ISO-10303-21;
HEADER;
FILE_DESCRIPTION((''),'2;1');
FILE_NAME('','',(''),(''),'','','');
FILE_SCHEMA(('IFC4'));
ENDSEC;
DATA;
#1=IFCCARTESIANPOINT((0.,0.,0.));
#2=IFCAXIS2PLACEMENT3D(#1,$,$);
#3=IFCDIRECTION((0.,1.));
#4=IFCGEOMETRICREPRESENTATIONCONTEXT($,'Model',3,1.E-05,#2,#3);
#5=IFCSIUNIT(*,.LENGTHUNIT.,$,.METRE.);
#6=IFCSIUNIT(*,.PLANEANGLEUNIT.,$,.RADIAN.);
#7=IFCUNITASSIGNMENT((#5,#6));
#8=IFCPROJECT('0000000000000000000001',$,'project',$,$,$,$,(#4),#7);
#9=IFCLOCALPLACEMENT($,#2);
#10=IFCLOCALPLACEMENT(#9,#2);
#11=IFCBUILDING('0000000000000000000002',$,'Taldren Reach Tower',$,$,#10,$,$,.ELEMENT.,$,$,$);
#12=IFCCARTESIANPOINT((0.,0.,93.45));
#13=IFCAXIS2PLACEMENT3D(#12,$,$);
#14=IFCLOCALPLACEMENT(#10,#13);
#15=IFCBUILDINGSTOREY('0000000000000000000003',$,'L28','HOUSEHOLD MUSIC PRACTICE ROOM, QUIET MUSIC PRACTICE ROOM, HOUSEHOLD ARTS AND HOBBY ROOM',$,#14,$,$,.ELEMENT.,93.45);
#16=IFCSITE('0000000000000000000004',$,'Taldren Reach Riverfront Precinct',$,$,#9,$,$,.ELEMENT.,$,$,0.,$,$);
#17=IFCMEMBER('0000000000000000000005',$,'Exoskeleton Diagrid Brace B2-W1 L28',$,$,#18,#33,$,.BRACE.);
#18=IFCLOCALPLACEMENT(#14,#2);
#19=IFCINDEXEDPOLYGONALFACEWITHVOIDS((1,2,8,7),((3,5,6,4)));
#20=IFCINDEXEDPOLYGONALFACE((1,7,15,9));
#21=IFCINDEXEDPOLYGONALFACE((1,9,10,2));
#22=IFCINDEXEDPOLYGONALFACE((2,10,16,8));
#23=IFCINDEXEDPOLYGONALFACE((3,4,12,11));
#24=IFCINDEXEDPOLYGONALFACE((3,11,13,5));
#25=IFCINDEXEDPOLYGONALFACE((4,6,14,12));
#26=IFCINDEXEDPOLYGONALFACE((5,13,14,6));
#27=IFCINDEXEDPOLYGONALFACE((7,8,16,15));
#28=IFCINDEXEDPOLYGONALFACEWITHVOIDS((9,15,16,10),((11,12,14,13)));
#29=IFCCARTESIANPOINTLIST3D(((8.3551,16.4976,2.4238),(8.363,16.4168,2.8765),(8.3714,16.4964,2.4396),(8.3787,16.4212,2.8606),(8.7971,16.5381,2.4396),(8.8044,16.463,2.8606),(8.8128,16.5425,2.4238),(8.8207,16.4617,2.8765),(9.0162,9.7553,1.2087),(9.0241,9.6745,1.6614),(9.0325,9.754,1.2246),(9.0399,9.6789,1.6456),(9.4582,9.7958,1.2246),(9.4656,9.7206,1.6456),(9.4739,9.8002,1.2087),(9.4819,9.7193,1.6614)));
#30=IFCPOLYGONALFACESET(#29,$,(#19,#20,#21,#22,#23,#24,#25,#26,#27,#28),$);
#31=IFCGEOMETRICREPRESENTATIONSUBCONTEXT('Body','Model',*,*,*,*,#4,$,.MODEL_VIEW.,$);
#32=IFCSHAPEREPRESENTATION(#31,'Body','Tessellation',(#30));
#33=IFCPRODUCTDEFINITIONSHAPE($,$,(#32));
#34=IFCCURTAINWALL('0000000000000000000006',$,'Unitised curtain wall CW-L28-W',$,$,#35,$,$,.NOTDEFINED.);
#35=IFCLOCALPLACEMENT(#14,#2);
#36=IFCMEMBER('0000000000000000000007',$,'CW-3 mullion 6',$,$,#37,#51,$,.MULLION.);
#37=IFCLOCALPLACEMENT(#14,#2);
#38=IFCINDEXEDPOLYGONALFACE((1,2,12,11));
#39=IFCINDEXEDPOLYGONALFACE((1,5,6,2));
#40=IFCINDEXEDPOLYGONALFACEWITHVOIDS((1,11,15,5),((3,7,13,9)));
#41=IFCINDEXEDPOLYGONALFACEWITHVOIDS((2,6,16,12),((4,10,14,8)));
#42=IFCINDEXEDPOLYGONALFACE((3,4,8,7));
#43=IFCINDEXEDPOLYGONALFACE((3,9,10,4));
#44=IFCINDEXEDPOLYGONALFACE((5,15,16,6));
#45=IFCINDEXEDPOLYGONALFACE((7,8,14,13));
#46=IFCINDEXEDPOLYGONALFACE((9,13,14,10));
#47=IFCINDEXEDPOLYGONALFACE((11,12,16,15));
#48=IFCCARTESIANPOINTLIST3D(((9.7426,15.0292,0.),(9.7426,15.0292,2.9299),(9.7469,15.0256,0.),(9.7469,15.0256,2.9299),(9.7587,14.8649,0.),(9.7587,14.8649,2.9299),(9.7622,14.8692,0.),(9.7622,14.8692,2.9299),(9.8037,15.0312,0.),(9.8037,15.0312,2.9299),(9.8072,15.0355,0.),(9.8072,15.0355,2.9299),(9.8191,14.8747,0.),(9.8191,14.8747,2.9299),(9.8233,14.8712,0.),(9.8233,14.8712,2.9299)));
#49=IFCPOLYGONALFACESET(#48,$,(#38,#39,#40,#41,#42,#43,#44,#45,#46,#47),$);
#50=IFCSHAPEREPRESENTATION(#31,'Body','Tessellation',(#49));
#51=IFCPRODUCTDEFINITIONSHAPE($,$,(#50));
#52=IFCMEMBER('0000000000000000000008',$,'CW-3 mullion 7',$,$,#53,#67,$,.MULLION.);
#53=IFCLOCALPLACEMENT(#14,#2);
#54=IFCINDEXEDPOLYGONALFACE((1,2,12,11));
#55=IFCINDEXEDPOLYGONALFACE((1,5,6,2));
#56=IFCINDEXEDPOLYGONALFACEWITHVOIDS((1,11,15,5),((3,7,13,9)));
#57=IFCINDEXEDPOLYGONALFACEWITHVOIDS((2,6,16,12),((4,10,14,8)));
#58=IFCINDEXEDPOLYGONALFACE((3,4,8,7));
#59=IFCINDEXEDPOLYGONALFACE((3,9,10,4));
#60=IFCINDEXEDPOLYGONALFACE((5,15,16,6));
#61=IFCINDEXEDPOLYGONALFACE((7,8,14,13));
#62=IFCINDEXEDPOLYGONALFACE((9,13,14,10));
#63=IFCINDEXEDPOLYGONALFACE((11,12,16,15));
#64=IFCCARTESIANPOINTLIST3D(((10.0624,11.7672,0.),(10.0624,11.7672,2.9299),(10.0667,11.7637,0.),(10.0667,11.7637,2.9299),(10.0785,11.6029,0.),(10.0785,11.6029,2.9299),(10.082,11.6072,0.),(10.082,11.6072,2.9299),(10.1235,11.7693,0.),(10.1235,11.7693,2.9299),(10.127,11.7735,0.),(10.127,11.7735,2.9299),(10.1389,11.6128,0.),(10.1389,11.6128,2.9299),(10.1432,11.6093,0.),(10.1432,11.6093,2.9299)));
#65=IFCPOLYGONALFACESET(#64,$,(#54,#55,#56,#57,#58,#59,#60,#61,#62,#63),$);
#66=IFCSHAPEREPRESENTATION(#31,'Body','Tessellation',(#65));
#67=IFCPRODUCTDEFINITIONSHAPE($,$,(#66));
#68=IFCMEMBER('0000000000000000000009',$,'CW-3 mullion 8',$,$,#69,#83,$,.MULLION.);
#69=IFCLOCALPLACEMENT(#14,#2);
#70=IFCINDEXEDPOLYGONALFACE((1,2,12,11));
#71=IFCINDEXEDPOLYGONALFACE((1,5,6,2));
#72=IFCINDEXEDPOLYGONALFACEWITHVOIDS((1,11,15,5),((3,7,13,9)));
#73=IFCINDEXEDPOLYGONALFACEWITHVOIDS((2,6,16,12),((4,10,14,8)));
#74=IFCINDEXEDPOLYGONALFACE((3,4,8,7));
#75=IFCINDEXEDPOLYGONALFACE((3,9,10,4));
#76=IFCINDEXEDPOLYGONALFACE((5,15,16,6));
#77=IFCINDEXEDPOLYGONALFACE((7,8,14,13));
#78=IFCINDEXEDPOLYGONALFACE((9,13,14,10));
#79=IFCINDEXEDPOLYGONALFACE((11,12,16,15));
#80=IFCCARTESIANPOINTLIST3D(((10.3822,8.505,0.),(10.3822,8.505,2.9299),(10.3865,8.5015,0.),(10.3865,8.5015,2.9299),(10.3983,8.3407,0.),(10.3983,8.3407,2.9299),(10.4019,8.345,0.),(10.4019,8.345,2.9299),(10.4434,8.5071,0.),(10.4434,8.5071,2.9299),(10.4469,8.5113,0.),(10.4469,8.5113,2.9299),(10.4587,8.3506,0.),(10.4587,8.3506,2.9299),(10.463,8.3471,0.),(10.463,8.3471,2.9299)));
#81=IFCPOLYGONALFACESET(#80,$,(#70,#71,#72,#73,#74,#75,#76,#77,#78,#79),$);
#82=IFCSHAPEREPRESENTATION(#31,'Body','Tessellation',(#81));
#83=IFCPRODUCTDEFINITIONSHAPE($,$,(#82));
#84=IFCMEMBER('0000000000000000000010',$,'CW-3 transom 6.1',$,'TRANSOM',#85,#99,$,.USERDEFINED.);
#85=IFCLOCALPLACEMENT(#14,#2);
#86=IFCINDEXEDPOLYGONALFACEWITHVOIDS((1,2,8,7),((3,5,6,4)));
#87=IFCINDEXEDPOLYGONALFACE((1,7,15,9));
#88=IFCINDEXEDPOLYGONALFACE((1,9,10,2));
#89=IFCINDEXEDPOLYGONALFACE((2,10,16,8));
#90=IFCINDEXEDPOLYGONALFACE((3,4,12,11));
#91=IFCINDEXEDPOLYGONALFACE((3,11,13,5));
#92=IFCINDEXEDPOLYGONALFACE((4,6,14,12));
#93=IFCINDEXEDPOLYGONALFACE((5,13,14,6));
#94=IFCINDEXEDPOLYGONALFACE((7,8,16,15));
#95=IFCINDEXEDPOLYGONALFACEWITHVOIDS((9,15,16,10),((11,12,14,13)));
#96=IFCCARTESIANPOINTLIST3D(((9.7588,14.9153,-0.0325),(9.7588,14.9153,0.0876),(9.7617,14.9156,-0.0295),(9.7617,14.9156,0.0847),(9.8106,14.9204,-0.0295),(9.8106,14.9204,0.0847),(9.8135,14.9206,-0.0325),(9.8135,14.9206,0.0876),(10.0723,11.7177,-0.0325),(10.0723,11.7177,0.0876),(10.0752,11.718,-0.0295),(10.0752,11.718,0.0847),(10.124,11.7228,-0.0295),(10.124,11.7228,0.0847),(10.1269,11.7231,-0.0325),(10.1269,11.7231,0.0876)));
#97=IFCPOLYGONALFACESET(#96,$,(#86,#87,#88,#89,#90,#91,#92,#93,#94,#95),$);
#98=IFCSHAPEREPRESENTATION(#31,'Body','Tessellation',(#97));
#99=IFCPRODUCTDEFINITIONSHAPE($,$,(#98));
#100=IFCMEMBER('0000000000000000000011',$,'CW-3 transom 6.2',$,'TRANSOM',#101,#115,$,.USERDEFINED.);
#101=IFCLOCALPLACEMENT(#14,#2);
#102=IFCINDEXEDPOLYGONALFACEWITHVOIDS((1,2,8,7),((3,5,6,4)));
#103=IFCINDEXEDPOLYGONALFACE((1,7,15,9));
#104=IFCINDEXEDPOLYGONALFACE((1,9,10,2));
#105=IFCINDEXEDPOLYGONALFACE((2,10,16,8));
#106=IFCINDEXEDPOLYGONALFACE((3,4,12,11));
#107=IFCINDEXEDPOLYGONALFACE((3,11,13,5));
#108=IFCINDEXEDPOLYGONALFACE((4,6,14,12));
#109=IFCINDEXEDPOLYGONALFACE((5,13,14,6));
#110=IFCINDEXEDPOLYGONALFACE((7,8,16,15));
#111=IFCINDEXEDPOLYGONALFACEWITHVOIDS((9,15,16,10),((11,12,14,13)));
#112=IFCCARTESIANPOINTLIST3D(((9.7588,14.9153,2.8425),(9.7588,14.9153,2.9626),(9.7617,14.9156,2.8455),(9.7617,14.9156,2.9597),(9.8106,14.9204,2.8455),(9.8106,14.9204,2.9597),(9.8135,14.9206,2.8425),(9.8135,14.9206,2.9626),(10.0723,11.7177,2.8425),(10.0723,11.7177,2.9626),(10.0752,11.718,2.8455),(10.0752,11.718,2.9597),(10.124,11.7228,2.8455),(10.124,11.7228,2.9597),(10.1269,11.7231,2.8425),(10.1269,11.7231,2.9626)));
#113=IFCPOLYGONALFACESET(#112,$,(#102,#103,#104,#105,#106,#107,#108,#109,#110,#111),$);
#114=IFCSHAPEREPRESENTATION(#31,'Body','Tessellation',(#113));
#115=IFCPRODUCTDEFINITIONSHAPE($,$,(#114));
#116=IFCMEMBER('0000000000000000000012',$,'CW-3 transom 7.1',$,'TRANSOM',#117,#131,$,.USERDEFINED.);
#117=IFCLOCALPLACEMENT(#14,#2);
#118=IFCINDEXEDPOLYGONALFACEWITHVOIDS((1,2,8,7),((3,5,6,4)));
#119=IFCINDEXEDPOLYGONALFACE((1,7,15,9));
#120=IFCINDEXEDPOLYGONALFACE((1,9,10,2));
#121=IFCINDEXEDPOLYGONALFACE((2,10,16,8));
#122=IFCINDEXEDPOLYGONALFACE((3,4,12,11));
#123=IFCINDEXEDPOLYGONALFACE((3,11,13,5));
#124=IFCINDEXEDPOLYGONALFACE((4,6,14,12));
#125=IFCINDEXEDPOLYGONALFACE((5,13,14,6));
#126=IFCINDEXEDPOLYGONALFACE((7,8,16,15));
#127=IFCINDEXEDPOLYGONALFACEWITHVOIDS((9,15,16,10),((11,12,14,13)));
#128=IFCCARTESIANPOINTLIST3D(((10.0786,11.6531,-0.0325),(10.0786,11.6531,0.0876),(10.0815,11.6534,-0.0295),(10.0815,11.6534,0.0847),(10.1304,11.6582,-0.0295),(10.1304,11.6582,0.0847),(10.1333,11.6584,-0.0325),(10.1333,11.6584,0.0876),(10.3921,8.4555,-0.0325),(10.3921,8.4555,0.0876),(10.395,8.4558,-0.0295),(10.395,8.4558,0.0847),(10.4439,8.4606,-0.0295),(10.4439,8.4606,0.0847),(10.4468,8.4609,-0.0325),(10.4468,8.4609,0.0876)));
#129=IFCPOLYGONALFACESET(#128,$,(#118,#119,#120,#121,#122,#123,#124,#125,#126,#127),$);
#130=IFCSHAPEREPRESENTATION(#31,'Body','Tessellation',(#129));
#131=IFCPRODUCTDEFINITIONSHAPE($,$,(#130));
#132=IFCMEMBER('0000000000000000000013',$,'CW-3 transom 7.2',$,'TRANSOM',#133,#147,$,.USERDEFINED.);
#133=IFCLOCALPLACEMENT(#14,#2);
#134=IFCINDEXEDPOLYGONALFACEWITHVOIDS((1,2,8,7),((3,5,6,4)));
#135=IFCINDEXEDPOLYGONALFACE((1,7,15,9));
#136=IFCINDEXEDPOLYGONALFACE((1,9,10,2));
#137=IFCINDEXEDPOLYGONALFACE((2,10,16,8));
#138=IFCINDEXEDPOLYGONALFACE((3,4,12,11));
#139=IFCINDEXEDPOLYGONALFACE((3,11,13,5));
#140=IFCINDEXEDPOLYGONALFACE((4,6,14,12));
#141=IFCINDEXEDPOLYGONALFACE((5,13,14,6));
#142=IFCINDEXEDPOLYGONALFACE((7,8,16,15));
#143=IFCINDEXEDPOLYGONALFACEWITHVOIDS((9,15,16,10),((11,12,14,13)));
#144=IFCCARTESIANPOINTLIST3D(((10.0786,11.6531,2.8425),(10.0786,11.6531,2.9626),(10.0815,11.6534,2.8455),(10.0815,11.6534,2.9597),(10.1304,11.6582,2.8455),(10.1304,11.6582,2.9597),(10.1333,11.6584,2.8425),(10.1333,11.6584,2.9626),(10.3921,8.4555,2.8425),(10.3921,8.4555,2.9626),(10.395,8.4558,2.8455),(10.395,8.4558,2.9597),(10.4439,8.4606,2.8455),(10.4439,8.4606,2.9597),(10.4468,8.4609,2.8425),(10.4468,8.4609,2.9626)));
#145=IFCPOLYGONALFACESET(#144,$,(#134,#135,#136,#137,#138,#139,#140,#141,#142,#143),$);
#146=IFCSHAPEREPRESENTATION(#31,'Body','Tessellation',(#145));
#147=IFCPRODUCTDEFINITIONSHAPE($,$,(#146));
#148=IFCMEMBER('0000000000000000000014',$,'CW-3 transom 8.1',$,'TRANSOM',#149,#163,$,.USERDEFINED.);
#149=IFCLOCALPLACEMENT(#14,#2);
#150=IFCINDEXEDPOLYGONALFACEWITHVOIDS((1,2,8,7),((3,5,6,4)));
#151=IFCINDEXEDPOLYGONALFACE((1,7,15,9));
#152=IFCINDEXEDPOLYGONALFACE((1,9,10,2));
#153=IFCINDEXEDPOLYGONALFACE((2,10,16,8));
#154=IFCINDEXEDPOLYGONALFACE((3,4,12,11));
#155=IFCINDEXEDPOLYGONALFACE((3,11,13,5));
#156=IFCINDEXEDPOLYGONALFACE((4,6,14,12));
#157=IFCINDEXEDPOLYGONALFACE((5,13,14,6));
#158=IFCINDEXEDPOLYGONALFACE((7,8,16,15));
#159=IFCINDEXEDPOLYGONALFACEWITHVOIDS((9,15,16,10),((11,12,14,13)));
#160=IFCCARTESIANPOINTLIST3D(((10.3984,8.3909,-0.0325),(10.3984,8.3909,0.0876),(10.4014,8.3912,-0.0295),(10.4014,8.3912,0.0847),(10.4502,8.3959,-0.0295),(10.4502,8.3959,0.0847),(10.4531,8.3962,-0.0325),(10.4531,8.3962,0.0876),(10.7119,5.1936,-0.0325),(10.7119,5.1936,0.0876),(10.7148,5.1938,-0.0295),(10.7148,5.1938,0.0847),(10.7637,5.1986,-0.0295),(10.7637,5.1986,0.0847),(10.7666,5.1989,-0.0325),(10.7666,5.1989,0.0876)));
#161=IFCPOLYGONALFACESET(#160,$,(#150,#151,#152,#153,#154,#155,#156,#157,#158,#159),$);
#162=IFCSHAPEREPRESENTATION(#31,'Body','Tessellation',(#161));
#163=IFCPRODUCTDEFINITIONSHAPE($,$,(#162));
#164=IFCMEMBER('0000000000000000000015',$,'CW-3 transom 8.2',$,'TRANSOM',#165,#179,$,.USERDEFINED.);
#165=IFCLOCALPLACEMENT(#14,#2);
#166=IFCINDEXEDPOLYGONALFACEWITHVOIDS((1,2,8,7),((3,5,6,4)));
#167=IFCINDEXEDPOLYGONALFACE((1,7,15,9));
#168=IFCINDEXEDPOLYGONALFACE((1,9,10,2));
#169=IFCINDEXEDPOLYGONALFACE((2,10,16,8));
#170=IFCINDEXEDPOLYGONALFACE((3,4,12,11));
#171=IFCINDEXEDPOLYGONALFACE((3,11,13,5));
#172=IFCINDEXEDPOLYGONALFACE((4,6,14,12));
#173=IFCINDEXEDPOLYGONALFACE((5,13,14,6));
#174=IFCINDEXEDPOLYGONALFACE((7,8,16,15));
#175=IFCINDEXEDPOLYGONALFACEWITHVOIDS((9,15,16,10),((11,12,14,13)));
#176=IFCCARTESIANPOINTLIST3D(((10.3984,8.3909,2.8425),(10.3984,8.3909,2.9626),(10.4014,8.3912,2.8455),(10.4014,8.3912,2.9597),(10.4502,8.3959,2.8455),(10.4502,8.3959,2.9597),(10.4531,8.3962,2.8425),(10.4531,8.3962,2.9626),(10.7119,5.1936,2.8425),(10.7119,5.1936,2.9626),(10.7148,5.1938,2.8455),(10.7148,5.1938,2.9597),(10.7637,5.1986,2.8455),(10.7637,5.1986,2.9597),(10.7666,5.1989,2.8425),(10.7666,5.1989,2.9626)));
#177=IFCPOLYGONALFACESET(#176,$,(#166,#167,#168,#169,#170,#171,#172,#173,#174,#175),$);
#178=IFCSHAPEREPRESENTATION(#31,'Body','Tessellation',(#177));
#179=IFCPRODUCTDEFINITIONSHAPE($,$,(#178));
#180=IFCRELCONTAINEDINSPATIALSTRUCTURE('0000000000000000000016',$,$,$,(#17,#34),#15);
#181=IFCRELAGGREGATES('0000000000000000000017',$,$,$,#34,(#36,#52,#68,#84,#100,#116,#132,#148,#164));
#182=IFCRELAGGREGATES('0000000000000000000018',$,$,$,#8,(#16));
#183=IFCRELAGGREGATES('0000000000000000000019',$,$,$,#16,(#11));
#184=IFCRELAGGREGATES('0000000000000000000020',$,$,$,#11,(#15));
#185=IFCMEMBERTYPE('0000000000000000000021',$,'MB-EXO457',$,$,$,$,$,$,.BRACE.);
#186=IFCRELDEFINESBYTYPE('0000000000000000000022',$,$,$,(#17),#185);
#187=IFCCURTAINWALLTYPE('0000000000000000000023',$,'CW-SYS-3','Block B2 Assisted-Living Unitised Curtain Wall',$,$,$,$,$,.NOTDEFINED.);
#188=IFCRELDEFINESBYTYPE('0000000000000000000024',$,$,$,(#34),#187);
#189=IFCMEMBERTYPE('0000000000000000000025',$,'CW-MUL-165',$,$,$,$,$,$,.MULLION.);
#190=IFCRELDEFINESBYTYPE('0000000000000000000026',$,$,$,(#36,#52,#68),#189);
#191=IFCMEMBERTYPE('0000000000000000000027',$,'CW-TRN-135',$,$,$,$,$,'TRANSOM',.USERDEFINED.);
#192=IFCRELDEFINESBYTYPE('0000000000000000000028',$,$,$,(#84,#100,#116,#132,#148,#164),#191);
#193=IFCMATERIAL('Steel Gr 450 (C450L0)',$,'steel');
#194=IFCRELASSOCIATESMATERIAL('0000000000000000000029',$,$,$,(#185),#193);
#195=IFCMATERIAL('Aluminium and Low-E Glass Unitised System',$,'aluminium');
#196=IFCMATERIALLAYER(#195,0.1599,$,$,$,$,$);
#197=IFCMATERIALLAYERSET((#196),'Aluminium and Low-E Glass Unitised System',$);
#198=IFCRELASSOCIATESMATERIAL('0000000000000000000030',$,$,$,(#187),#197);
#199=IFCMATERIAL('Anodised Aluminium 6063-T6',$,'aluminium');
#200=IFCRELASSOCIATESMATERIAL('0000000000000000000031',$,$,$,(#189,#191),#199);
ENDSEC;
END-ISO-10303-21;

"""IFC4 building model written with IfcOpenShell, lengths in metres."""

from ifc_helpers import new_model, si_unit, direction, frame, origin, origin_2d, place, context, subcontext, project, spatial, hollow_rectangle, extrude, source, transform, mapped, material, layer, layer_set, material_profile, profile_set, type_object, element, aggregate, save


model = new_model("IFC4")

# Units and contexts
model_context = context("Model", 3, precision=1e-05, world=origin(), true_north=direction((0.0, 1.0)))
body_context = subcontext(model_context, "Body", "Model", "MODEL_VIEW")
ifc_project = project(units=[si_unit("LENGTHUNIT", "METRE"), si_unit("PLANEANGLEUNIT", "RADIAN")], contexts=[model_context])

# Site, building, storey
site_placement = place(None, origin())
site = spatial("IfcSite", under=ifc_project, at=site_placement, Name="Taldren Reach Riverfront Precinct", CompositionType="ELEMENT", RefElevation=0.0)
building_placement = place(site_placement, origin())
building = spatial("IfcBuilding", under=site, at=building_placement, Name="Taldren Reach Tower", CompositionType="ELEMENT")
storey_placement = place(building_placement, frame((0.0, 0.0, 93.45)))
storey = spatial("IfcBuildingStorey", under=building, at=storey_placement, Name="L28", Description="HOUSEHOLD MUSIC PRACTICE ROOM, QUIET MUSIC PRACTICE ROOM, HOUSEHOLD ARTS AND HOBBY ROOM", CompositionType="ELEMENT", Elevation=93.45)

# Member
ifc_material_1 = material(Name="Steel Gr 450 (C450L0)", Category="steel")
ifc_material_profile_1 = material_profile(ifc_material_1, hollow_rectangle(XDim=0.46, YDim=0.46, WallThickness=0.0161, at=origin_2d()), Name="460x460x16.0SHS")
ifc_profile_set_1 = profile_set([ifc_material_profile_1], Name="Steel Gr 450 (C450L0)")
member_type_1 = type_object("IfcMemberType", Name="MB-EXO457", PredefinedType="BRACE", material=ifc_profile_set_1)
shared_shape_1 = source(origin(), body_context, "Body", "SweptSolid", [
    extrude(hollow_rectangle(XDim=0.46, YDim=0.46, WallThickness=0.0161, at=origin_2d()), origin(), (0.0, 0.0, 1.0), 6.8828),
])
member_1_placement = place(storey_placement, frame((9.249, 9.7373, 1.4351), z_axis=(-0.096055, 0.979596, 0.176538), x_axis=(-0.995227, -0.097588, 0.0)))
element("IfcMember", 1, at=member_1_placement, inside=storey, type_object=member_type_1, Name="Exoskeleton Diagrid Brace B2-W1 L28", PredefinedType="BRACE", context=body_context, shape_type="MappedRepresentation", body=[
    mapped(shared_shape_1, transform((0.0, 0.0, 0.0), scale=1.0)),
])

# Curtain wall, members
ifc_material_2 = material(Name="Aluminium and Low-E Glass Unitised System", Category="aluminium")
ifc_layer_1 = layer(ifc_material_2, 0.1599)
ifc_layer_set_1 = layer_set([ifc_layer_1], Name="Aluminium and Low-E Glass Unitised System")
curtain_wall_type = type_object("IfcCurtainWallType", Name="CW-SYS-3", Description="Block B2 Assisted-Living Unitised Curtain Wall", PredefinedType="NOTDEFINED", material=ifc_layer_set_1)
curtain_wall_placement = place(storey_placement, origin())
curtain_wall = element("IfcCurtainWall", 2, at=curtain_wall_placement, inside=storey, type_object=curtain_wall_type, Name="Unitised curtain wall CW-L28-W", PredefinedType="NOTDEFINED")
ifc_material_3 = material(Name="Anodised Aluminium 6063-T6", Category="aluminium")
ifc_material_profile_2 = material_profile(ifc_material_3, hollow_rectangle(XDim=0.0649, YDim=0.165, WallThickness=0.0039, at=origin_2d()), Name="ALU-165x65x4RHS")
ifc_profile_set_2 = profile_set([ifc_material_profile_2], Name="Anodised Aluminium 6063-T6")
member_type_2 = type_object("IfcMemberType", Name="CW-MUL-165", PredefinedType="MULLION", material=ifc_profile_set_2)
shared_shape_2 = source(origin(), body_context, "Body", "SweptSolid", [
    extrude(hollow_rectangle(XDim=0.0649, YDim=0.165, WallThickness=0.0039, at=origin_2d()), origin(), (0.0, 0.0, 1.0), 2.9299),
])
member_2_placement = place(storey_placement, frame((9.783, 14.9502, 0.0), z_axis=(0.0, 0.0, 1.0), x_axis=(0.995227, 0.097583, 0.0)))
member_2 = element("IfcMember", 3, at=member_2_placement, type_object=member_type_2, Name="CW-3 mullion 6", PredefinedType="MULLION", context=body_context, shape_type="MappedRepresentation", body=[
    mapped(shared_shape_2, transform((0.0, 0.0, 0.0), scale=1.0)),
])
member_3_placement = place(storey_placement, frame((10.1028, 11.6882, 0.0), z_axis=(0.0, 0.0, 1.0), x_axis=(0.995227, 0.097583, 0.0)))
member_3 = element("IfcMember", 4, at=member_3_placement, type_object=member_type_2, Name="CW-3 mullion 7", PredefinedType="MULLION", context=body_context, shape_type="MappedRepresentation", body=[
    mapped(shared_shape_2, transform((0.0, 0.0, 0.0), scale=1.0)),
])
member_4_placement = place(storey_placement, frame((10.4226, 8.426, 0.0), z_axis=(0.0, 0.0, 1.0), x_axis=(0.995227, 0.097583, 0.0)))
member_4 = element("IfcMember", 5, at=member_4_placement, type_object=member_type_2, Name="CW-3 mullion 8", PredefinedType="MULLION", context=body_context, shape_type="MappedRepresentation", body=[
    mapped(shared_shape_2, transform((0.0, 0.0, 0.0), scale=1.0)),
])
ifc_material_profile_3 = material_profile(ifc_material_3, hollow_rectangle(XDim=0.0549, YDim=0.1201, WallThickness=0.0029, at=origin_2d()), Name="ALU-120x55x3RHS")
ifc_profile_set_3 = profile_set([ifc_material_profile_3], Name="Anodised Aluminium 6063-T6")
member_type_3 = type_object("IfcMemberType", Name="CW-TRN-135", ElementType="TRANSOM", PredefinedType="USERDEFINED", material=ifc_profile_set_3)
shared_shape_3 = source(origin(), body_context, "Body", "SweptSolid", [
    extrude(hollow_rectangle(XDim=0.0549, YDim=0.1201, WallThickness=0.0029, at=origin_2d()), origin(), (0.0, 0.0, 1.0), 3.2129),
])
member_5_placement = place(storey_placement, frame((9.7861, 14.918, 0.0276), z_axis=(0.09757, -0.995229, 0.0), x_axis=(0.995229, 0.09757, 0.0)))
member_5 = element("IfcMember", 6, at=member_5_placement, type_object=member_type_3, Name="CW-3 transom 6.1", ObjectType="TRANSOM", PredefinedType="USERDEFINED", context=body_context, shape_type="MappedRepresentation", body=[
    mapped(shared_shape_3, transform((0.0, 0.0, 0.0), scale=1.0)),
])
member_6_placement = place(storey_placement, frame((9.7861, 14.918, 2.9026), z_axis=(0.09757, -0.995229, 0.0), x_axis=(0.995229, 0.09757, 0.0)))
member_6 = element("IfcMember", 7, at=member_6_placement, type_object=member_type_3, Name="CW-3 transom 6.2", ObjectType="TRANSOM", PredefinedType="USERDEFINED", context=body_context, shape_type="MappedRepresentation", body=[
    mapped(shared_shape_3, transform((0.0, 0.0, 0.0), scale=1.0)),
])
member_7_placement = place(storey_placement, frame((10.106, 11.6558, 0.0276), z_axis=(0.09757, -0.995229, 0.0), x_axis=(0.995229, 0.09757, 0.0)))
member_7 = element("IfcMember", 8, at=member_7_placement, type_object=member_type_3, Name="CW-3 transom 7.1", ObjectType="TRANSOM", PredefinedType="USERDEFINED", context=body_context, shape_type="MappedRepresentation", body=[
    mapped(shared_shape_3, transform((0.0, 0.0, 0.0), scale=1.0)),
])
member_8_placement = place(storey_placement, frame((10.106, 11.6558, 2.9026), z_axis=(0.09757, -0.995229, 0.0), x_axis=(0.995229, 0.09757, 0.0)))
member_8 = element("IfcMember", 9, at=member_8_placement, type_object=member_type_3, Name="CW-3 transom 7.2", ObjectType="TRANSOM", PredefinedType="USERDEFINED", context=body_context, shape_type="MappedRepresentation", body=[
    mapped(shared_shape_3, transform((0.0, 0.0, 0.0), scale=1.0)),
])
shared_shape_4 = source(origin(), body_context, "Body", "SweptSolid", [
    extrude(hollow_rectangle(XDim=0.0549, YDim=0.1201, WallThickness=0.0029, at=origin_2d()), origin(), (0.0, 0.0, 1.0), 3.2126),
])
member_9_placement = place(storey_placement, frame((10.4258, 8.3936, 0.0276), z_axis=(0.097577, -0.995228, 0.0), x_axis=(0.995228, 0.097577, 0.0)))
member_9 = element("IfcMember", 10, at=member_9_placement, type_object=member_type_3, Name="CW-3 transom 8.1", ObjectType="TRANSOM", PredefinedType="USERDEFINED", context=body_context, shape_type="MappedRepresentation", body=[
    mapped(shared_shape_4, transform((0.0, 0.0, 0.0), scale=1.0)),
])
member_10_placement = place(storey_placement, frame((10.4258, 8.3936, 2.9026), z_axis=(0.097577, -0.995228, 0.0), x_axis=(0.995228, 0.097577, 0.0)))
member_10 = element("IfcMember", 11, at=member_10_placement, type_object=member_type_3, Name="CW-3 transom 8.2", ObjectType="TRANSOM", PredefinedType="USERDEFINED", context=body_context, shape_type="MappedRepresentation", body=[
    mapped(shared_shape_4, transform((0.0, 0.0, 0.0), scale=1.0)),
])

aggregate(curtain_wall, [member_2, member_3, member_4, member_5, member_6, member_7, member_8, member_9, member_10])

save(model, "model.ifc")
